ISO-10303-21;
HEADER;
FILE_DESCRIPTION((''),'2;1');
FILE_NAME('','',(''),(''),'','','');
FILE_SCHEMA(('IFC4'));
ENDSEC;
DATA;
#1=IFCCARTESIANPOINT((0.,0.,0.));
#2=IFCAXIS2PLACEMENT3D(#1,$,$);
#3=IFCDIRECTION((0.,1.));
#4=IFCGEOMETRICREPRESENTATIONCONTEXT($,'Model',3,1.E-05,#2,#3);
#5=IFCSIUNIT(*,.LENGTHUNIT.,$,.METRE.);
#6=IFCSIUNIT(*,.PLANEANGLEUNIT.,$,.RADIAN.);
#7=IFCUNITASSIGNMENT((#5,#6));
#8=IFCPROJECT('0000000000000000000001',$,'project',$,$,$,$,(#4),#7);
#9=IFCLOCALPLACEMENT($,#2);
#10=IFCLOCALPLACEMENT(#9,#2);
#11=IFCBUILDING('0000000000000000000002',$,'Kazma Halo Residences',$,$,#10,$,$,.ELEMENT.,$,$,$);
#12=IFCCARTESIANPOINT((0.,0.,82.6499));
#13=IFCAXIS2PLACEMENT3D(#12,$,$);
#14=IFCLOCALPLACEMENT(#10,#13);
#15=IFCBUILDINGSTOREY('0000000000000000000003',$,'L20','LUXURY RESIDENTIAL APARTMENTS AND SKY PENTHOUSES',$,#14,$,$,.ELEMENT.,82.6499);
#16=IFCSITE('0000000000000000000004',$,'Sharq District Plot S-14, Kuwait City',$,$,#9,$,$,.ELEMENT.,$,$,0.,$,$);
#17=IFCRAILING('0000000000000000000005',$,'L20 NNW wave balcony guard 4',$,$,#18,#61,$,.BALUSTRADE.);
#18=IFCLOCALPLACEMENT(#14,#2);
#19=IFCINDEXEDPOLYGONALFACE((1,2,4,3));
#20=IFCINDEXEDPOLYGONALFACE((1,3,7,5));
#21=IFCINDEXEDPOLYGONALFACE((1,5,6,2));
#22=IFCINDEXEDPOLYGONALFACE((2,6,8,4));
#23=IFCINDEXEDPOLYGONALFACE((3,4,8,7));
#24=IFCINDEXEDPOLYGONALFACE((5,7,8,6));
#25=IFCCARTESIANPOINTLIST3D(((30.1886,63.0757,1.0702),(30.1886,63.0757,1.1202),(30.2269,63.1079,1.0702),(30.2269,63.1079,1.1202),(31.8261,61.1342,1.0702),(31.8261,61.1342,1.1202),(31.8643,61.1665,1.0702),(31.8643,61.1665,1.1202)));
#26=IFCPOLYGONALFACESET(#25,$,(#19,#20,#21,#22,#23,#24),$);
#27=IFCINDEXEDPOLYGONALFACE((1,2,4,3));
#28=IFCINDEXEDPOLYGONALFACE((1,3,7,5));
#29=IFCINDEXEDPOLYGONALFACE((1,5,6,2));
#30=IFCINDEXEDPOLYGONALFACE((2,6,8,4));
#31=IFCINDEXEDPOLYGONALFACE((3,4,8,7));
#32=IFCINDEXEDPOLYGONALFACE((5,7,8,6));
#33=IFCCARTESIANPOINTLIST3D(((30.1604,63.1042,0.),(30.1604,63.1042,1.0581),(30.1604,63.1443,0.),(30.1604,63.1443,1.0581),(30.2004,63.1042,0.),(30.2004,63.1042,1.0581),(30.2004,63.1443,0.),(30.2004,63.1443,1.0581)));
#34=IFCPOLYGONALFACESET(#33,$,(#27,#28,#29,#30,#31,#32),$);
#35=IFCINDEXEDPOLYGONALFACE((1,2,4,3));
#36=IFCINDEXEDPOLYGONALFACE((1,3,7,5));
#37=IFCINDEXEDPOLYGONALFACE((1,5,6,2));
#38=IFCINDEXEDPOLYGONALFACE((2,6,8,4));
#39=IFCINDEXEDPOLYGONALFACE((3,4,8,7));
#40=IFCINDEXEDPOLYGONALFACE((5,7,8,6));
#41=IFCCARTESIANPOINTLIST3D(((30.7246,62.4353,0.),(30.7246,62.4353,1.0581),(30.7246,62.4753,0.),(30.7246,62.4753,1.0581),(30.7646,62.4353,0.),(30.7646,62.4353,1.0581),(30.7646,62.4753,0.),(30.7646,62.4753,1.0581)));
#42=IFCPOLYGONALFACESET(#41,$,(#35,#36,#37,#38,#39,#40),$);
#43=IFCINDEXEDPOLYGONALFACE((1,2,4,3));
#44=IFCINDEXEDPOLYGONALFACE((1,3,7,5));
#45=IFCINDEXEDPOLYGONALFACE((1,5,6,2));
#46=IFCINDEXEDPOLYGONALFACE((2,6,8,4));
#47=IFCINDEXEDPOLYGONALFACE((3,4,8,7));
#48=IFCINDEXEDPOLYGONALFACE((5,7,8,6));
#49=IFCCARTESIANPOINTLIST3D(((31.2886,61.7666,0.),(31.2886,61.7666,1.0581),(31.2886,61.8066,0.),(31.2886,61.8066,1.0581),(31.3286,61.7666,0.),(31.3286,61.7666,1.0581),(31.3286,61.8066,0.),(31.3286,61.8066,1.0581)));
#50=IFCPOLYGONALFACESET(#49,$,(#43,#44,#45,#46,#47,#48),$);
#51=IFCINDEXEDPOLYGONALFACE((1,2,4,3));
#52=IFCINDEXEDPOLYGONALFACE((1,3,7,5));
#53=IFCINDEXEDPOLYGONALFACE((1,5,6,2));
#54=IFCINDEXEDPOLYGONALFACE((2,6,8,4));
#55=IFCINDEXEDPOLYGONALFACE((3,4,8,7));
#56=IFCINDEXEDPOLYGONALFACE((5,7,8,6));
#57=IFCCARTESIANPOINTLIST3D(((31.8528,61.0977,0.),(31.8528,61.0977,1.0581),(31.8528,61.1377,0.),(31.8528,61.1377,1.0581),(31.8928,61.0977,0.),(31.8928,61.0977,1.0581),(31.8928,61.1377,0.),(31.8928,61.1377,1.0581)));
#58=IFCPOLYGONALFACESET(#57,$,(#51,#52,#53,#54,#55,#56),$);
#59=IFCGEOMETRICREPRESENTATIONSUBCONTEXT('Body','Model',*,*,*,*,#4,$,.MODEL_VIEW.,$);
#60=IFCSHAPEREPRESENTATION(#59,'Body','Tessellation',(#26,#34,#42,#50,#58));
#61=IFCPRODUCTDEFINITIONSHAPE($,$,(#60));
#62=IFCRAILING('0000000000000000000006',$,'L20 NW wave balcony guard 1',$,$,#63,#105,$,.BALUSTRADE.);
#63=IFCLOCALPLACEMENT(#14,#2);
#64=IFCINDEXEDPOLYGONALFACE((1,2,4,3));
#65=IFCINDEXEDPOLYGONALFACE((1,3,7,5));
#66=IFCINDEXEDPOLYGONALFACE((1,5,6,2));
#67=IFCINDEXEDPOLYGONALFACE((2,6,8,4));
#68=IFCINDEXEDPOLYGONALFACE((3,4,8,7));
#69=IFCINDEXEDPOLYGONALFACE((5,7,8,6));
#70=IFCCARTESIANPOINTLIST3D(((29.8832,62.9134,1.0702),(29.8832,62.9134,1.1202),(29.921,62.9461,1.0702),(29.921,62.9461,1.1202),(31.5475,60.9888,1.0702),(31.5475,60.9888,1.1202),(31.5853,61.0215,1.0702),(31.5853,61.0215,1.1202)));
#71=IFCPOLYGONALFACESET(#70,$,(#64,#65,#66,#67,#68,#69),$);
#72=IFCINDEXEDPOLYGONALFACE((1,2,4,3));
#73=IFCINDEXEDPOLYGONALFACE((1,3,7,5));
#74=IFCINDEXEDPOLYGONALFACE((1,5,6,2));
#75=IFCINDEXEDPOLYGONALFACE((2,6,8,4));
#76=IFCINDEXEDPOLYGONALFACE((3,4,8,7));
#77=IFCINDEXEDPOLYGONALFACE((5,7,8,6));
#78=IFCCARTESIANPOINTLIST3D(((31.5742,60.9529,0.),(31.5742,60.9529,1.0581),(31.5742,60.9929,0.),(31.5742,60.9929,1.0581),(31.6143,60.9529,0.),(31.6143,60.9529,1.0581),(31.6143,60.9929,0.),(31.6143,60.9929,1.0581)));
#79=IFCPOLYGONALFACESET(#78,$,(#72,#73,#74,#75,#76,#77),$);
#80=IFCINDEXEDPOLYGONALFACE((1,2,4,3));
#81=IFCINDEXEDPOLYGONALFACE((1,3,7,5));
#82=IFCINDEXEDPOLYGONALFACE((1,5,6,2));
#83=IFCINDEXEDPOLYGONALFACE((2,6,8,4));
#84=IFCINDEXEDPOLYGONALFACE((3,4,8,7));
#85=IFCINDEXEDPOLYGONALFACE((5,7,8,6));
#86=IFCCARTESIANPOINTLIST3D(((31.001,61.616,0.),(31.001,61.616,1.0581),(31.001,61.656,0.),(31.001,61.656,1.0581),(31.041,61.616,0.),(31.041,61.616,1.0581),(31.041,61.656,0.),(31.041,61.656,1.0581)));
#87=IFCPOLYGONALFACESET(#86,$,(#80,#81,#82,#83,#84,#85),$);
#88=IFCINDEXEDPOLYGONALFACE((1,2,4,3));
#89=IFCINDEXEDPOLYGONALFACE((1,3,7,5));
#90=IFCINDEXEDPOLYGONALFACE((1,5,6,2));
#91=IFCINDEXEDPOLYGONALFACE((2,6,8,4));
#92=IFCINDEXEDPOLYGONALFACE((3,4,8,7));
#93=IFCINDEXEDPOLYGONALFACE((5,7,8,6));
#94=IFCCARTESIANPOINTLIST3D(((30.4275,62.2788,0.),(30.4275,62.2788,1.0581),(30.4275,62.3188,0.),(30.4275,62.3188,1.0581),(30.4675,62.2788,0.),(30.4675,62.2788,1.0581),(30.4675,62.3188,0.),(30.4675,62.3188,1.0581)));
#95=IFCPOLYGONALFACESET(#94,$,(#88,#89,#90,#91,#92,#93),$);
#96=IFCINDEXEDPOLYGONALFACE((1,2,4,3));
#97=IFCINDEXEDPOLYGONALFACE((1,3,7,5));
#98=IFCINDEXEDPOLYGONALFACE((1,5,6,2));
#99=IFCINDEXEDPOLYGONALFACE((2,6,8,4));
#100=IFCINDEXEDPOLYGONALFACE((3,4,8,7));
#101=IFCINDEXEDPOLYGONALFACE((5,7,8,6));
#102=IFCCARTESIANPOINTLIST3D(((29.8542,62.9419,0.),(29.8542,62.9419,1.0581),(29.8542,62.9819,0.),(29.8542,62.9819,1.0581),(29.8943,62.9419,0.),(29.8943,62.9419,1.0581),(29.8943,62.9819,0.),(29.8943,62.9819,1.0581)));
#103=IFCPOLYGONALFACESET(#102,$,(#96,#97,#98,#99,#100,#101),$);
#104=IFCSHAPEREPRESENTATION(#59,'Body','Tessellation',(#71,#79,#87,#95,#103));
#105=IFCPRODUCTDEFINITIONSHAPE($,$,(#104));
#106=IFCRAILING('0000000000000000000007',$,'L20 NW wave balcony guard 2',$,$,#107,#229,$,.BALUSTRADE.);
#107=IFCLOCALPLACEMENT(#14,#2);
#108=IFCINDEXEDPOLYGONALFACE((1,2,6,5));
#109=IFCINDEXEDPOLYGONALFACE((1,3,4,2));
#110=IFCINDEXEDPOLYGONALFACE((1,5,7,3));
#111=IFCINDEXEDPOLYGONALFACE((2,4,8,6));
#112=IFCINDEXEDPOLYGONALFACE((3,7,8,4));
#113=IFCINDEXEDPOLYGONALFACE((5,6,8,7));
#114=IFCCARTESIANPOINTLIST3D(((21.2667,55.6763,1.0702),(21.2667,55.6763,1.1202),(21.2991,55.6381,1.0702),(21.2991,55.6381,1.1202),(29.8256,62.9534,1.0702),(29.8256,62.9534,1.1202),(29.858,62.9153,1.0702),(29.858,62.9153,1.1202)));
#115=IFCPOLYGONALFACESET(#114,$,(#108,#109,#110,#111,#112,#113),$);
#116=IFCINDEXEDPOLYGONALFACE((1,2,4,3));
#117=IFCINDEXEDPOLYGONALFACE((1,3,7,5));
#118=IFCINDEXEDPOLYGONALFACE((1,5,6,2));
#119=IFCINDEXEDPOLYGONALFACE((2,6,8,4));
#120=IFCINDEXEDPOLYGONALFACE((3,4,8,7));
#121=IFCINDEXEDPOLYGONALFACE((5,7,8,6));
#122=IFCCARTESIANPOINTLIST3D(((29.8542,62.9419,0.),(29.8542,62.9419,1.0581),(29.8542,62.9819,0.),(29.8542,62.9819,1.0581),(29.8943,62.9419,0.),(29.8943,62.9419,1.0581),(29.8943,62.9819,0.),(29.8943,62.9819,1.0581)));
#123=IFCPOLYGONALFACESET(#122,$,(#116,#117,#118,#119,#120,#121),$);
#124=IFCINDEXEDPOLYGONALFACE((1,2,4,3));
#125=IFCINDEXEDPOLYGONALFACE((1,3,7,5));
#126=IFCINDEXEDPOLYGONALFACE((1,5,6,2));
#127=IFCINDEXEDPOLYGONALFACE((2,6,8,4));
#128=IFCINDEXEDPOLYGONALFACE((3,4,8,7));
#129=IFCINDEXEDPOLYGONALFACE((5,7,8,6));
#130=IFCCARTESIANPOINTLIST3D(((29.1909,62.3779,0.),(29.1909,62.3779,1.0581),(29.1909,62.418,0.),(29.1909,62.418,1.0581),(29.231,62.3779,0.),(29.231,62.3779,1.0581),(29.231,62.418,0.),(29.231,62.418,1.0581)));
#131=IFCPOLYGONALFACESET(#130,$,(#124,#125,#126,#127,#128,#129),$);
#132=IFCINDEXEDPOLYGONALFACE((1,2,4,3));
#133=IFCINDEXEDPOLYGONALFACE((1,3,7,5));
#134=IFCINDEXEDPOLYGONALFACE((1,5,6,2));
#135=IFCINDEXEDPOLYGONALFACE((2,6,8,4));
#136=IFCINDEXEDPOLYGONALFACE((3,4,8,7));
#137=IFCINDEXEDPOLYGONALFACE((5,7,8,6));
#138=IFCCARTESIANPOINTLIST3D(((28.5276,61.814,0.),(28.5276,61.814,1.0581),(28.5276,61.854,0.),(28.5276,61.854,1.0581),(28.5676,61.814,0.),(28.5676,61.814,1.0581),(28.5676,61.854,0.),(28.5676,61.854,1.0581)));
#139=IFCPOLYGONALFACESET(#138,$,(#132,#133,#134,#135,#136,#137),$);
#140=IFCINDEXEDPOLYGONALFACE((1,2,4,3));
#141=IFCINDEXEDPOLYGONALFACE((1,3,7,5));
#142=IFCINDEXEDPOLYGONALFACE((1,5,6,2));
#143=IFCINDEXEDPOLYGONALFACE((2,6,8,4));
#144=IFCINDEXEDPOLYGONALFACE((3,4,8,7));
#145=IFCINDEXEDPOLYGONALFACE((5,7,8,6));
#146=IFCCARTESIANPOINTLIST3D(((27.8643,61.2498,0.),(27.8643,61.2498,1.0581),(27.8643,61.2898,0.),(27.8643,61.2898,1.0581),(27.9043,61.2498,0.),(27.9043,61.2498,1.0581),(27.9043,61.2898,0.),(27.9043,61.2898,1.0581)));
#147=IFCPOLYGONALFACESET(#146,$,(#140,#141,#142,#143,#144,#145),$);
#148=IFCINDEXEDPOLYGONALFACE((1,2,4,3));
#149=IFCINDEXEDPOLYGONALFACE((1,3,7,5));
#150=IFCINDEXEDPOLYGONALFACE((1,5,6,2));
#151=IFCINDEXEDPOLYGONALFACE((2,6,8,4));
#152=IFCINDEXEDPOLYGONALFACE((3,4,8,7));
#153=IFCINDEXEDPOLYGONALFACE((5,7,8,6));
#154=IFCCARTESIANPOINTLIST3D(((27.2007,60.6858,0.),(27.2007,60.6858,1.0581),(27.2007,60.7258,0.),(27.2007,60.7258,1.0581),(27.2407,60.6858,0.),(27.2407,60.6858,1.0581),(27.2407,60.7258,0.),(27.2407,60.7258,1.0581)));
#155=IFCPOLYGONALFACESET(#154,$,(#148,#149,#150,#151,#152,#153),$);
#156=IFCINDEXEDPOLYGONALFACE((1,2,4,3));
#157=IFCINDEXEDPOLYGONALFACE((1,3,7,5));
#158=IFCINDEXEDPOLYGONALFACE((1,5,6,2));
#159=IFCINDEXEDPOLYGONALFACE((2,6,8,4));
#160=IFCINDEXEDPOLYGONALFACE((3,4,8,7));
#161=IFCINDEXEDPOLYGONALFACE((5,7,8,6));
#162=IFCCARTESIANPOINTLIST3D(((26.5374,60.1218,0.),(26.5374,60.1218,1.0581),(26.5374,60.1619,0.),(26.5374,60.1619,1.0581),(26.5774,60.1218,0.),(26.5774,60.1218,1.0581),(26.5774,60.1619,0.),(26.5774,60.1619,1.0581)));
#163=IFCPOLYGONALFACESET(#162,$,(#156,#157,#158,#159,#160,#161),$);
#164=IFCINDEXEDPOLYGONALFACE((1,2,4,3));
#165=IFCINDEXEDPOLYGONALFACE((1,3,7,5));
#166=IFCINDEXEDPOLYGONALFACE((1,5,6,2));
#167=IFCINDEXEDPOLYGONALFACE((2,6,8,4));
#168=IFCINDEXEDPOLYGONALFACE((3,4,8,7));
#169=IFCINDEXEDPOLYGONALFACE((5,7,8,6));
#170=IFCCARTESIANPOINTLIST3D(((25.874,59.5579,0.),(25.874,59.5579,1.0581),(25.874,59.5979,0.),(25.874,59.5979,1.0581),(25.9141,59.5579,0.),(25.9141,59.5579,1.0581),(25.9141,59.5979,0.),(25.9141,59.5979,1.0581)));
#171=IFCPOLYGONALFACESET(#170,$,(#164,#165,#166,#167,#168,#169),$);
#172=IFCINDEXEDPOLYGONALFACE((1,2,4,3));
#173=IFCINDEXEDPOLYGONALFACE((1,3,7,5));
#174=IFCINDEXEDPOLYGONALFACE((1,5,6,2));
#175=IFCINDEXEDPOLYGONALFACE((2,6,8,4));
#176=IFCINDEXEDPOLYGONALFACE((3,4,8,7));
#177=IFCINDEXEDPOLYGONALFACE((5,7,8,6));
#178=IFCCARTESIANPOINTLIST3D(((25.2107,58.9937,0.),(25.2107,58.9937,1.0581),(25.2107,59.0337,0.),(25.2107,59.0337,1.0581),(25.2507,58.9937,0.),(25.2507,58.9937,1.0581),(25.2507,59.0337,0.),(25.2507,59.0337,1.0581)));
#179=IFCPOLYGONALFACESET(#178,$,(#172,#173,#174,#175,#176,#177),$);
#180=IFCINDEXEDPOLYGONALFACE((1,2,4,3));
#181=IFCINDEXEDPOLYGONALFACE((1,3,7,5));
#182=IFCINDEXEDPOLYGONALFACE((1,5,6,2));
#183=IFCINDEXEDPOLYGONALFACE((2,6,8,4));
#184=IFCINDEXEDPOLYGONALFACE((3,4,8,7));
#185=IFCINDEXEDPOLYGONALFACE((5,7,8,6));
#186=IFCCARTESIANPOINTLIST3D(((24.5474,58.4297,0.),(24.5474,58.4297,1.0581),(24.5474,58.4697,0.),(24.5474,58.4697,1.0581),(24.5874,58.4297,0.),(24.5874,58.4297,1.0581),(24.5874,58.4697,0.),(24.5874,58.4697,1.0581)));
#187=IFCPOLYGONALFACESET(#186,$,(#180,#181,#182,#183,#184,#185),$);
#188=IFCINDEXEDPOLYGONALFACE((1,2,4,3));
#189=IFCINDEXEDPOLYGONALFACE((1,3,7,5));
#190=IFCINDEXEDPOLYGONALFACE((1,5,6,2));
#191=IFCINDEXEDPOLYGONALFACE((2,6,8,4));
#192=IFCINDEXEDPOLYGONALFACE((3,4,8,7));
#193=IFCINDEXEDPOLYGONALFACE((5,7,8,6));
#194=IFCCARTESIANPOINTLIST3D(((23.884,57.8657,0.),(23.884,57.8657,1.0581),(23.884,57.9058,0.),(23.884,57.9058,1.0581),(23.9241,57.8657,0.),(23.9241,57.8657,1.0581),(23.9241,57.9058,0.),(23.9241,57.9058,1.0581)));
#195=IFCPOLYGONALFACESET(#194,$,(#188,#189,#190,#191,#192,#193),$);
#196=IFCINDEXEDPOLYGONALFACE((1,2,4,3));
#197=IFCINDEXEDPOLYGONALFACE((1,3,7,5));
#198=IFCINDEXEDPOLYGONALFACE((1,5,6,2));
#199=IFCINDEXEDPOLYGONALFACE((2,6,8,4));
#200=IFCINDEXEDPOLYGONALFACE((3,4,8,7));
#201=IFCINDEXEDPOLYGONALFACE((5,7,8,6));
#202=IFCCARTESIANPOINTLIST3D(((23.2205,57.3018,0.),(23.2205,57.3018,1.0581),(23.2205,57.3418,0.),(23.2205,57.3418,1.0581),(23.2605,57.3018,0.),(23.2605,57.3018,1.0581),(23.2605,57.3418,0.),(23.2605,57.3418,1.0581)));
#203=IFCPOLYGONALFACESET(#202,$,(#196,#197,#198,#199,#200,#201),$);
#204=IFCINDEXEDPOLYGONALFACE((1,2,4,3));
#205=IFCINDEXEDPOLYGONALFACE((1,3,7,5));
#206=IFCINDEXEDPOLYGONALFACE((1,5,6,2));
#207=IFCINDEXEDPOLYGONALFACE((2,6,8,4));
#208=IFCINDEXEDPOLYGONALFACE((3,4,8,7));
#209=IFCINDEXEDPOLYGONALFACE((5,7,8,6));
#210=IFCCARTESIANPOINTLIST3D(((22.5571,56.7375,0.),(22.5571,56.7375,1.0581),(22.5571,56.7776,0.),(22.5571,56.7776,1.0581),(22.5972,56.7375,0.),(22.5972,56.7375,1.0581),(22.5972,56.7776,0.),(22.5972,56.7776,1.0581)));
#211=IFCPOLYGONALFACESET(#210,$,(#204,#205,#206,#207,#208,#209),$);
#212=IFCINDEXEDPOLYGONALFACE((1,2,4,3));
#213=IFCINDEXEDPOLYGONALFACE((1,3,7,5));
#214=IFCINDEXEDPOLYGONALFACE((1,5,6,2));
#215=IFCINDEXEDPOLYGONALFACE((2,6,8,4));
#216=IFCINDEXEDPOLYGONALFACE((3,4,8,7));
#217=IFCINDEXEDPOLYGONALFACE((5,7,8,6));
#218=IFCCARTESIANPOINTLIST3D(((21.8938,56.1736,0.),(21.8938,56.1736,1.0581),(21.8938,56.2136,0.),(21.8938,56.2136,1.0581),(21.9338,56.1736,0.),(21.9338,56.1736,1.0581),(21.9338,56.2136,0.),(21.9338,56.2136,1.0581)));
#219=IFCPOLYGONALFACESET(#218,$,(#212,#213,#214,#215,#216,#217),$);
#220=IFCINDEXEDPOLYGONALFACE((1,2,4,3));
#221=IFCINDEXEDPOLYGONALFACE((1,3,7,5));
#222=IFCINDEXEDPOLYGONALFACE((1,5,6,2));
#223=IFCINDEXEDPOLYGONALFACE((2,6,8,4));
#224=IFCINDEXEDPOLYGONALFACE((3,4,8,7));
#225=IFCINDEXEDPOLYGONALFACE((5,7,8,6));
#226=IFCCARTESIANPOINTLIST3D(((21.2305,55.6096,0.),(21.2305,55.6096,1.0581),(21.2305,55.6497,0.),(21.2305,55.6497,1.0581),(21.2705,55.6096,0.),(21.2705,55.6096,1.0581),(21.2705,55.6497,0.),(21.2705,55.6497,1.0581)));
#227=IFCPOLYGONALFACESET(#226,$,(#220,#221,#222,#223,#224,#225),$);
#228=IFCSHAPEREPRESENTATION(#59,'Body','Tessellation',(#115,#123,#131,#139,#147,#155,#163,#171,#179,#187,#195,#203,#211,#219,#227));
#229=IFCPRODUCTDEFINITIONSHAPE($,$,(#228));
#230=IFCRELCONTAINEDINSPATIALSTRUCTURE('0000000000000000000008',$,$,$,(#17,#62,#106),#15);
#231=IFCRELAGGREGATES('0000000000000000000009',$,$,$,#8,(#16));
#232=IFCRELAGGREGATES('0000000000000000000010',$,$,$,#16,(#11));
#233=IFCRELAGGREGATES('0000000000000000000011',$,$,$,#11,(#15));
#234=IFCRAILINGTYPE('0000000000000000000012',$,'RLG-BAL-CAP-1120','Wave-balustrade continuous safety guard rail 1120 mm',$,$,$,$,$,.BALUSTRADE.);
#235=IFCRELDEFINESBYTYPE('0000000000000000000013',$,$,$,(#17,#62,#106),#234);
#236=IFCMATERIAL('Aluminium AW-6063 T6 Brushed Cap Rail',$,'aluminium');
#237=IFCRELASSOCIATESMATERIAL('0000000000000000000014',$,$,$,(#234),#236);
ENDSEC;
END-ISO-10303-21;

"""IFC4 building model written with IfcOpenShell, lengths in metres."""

from ifc_helpers import new_model, si_unit, direction, frame, origin, origin_2d, place, context, subcontext, project, spatial, rectangle, extrude, material, type_object, element, save


model = new_model("IFC4")

# Units and contexts
model_context = context("Model", 3, precision=1e-05, world=origin(), true_north=direction((0.0, 1.0)))
body_context = subcontext(model_context, "Body", "Model", "MODEL_VIEW")
ifc_project = project(units=[si_unit("LENGTHUNIT", "METRE"), si_unit("PLANEANGLEUNIT", "RADIAN")], contexts=[model_context])

# Site, building, storey
site_placement = place(None, origin())
site = spatial("IfcSite", under=ifc_project, at=site_placement, Name="Sharq District Plot S-14, Kuwait City", CompositionType="ELEMENT", RefElevation=0.0)
building_placement = place(site_placement, origin())
building = spatial("IfcBuilding", under=site, at=building_placement, Name="Kazma Halo Residences", CompositionType="ELEMENT")
storey_placement = place(building_placement, frame((0.0, 0.0, 82.6499)))
storey = spatial("IfcBuildingStorey", under=building, at=storey_placement, Name="L20", Description="LUXURY RESIDENTIAL APARTMENTS AND SKY PENTHOUSES", CompositionType="ELEMENT", Elevation=82.6499)

# Railings
ifc_material_1 = material(Name="Aluminium AW-6063 T6 Brushed Cap Rail", Category="aluminium")
railing_type = type_object("IfcRailingType", Name="RLG-BAL-CAP-1120", Description="Wave-balustrade continuous safety guard rail 1120 mm", PredefinedType="BALUSTRADE", material=ifc_material_1)
railing_1_placement = place(storey_placement, frame((30.1804, 63.1243, 0.0)))
element("IfcRailing", 1, at=railing_1_placement, inside=storey, type_object=railing_type, Name="L20 NNW wave balcony guard 4", PredefinedType="BALUSTRADE", context=body_context, shape_type="SweptSolid", body=[
    extrude(rectangle(XDim=0.05, YDim=0.05, at=origin_2d()), frame((0.0273, -0.0325, 1.0952), z_axis=(0.64472, -0.764419, 0.0), x_axis=(0.764419, 0.64472, 0.0)), (0.0, 0.0, 1.0), 2.5398),
    extrude(rectangle(XDim=0.04, YDim=0.04, at=origin_2d()), origin(), (0.0, 0.0, 1.0), 1.0581),
    extrude(rectangle(XDim=0.04, YDim=0.04, at=origin_2d()), frame((0.5642, -0.6689, 0.0)), (0.0, 0.0, 1.0), 1.0581),
    extrude(rectangle(XDim=0.04, YDim=0.04, at=origin_2d()), frame((1.1282, -1.3376, 0.0)), (0.0, 0.0, 1.0), 1.0581),
    extrude(rectangle(XDim=0.04, YDim=0.04, at=origin_2d()), frame((1.6924, -2.0066, 0.0)), (0.0, 0.0, 1.0), 1.0581),
])
railing_2_placement = place(storey_placement, frame((31.5942, 60.9729, 0.0)))
element("IfcRailing", 2, at=railing_2_placement, inside=storey, type_object=railing_type, Name="L20 NW wave balcony guard 1", PredefinedType="BALUSTRADE", context=body_context, shape_type="SweptSolid", body=[
    extrude(rectangle(XDim=0.05, YDim=0.05, at=origin_2d()), frame((-0.0278, 0.0322, 1.0952), z_axis=(-0.654096, 0.756412, 0.0), x_axis=(-0.756412, -0.654096, 0.0)), (0.0, 0.0, 1.0), 2.5444),
    extrude(rectangle(XDim=0.04, YDim=0.04, at=origin_2d()), origin(), (0.0, 0.0, 1.0), 1.0581),
    extrude(rectangle(XDim=0.04, YDim=0.04, at=origin_2d()), frame((-0.5732, 0.6631, 0.0)), (0.0, 0.0, 1.0), 1.0581),
    extrude(rectangle(XDim=0.04, YDim=0.04, at=origin_2d()), frame((-1.1467, 1.3259, 0.0)), (0.0, 0.0, 1.0), 1.0581),
    extrude(rectangle(XDim=0.04, YDim=0.04, at=origin_2d()), frame((-1.72, 1.989, 0.0)), (0.0, 0.0, 1.0), 1.0581),
])
railing_3_placement = place(storey_placement, frame((29.8743, 62.9619, 0.0)))
element("IfcRailing", 3, at=railing_3_placement, inside=storey, type_object=railing_type, Name="L20 NW wave balcony guard 2", PredefinedType="BALUSTRADE", context=body_context, shape_type="SweptSolid", body=[
    extrude(rectangle(XDim=0.05, YDim=0.05, at=origin_2d()), frame((-0.0325, -0.0276, 1.0952), z_axis=(-0.761849, -0.647754, 0.0), x_axis=(0.647754, -0.761849, 0.0)), (0.0, 0.0, 1.0), 11.2344),
    extrude(rectangle(XDim=0.04, YDim=0.04, at=origin_2d()), origin(), (0.0, 0.0, 1.0), 1.0581),
    extrude(rectangle(XDim=0.04, YDim=0.04, at=origin_2d()), frame((-0.6633, -0.564, 0.0)), (0.0, 0.0, 1.0), 1.0581),
    extrude(rectangle(XDim=0.04, YDim=0.04, at=origin_2d()), frame((-1.3267, -1.1279, 0.0)), (0.0, 0.0, 1.0), 1.0581),
    extrude(rectangle(XDim=0.04, YDim=0.04, at=origin_2d()), frame((-1.99, -1.6921, 0.0)), (0.0, 0.0, 1.0), 1.0581),
    extrude(rectangle(XDim=0.04, YDim=0.04, at=origin_2d()), frame((-2.6536, -2.2561, 0.0)), (0.0, 0.0, 1.0), 1.0581),
    extrude(rectangle(XDim=0.04, YDim=0.04, at=origin_2d()), frame((-3.3169, -2.8201, 0.0)), (0.0, 0.0, 1.0), 1.0581),
    extrude(rectangle(XDim=0.04, YDim=0.04, at=origin_2d()), frame((-3.9802, -3.384, 0.0)), (0.0, 0.0, 1.0), 1.0581),
    extrude(rectangle(XDim=0.04, YDim=0.04, at=origin_2d()), frame((-4.6436, -3.9482, 0.0)), (0.0, 0.0, 1.0), 1.0581),
    extrude(rectangle(XDim=0.04, YDim=0.04, at=origin_2d()), frame((-5.3069, -4.5122, 0.0)), (0.0, 0.0, 1.0), 1.0581),
    extrude(rectangle(XDim=0.04, YDim=0.04, at=origin_2d()), frame((-5.9702, -5.0762, 0.0)), (0.0, 0.0, 1.0), 1.0581),
    extrude(rectangle(XDim=0.04, YDim=0.04, at=origin_2d()), frame((-6.6338, -5.6401, 0.0)), (0.0, 0.0, 1.0), 1.0581),
    extrude(rectangle(XDim=0.04, YDim=0.04, at=origin_2d()), frame((-7.2971, -6.2043, 0.0)), (0.0, 0.0, 1.0), 1.0581),
    extrude(rectangle(XDim=0.04, YDim=0.04, at=origin_2d()), frame((-7.9604, -6.7683, 0.0)), (0.0, 0.0, 1.0), 1.0581),
    extrude(rectangle(XDim=0.04, YDim=0.04, at=origin_2d()), frame((-8.6238, -7.3323, 0.0)), (0.0, 0.0, 1.0), 1.0581),
])

save(model, "model.ifc")
